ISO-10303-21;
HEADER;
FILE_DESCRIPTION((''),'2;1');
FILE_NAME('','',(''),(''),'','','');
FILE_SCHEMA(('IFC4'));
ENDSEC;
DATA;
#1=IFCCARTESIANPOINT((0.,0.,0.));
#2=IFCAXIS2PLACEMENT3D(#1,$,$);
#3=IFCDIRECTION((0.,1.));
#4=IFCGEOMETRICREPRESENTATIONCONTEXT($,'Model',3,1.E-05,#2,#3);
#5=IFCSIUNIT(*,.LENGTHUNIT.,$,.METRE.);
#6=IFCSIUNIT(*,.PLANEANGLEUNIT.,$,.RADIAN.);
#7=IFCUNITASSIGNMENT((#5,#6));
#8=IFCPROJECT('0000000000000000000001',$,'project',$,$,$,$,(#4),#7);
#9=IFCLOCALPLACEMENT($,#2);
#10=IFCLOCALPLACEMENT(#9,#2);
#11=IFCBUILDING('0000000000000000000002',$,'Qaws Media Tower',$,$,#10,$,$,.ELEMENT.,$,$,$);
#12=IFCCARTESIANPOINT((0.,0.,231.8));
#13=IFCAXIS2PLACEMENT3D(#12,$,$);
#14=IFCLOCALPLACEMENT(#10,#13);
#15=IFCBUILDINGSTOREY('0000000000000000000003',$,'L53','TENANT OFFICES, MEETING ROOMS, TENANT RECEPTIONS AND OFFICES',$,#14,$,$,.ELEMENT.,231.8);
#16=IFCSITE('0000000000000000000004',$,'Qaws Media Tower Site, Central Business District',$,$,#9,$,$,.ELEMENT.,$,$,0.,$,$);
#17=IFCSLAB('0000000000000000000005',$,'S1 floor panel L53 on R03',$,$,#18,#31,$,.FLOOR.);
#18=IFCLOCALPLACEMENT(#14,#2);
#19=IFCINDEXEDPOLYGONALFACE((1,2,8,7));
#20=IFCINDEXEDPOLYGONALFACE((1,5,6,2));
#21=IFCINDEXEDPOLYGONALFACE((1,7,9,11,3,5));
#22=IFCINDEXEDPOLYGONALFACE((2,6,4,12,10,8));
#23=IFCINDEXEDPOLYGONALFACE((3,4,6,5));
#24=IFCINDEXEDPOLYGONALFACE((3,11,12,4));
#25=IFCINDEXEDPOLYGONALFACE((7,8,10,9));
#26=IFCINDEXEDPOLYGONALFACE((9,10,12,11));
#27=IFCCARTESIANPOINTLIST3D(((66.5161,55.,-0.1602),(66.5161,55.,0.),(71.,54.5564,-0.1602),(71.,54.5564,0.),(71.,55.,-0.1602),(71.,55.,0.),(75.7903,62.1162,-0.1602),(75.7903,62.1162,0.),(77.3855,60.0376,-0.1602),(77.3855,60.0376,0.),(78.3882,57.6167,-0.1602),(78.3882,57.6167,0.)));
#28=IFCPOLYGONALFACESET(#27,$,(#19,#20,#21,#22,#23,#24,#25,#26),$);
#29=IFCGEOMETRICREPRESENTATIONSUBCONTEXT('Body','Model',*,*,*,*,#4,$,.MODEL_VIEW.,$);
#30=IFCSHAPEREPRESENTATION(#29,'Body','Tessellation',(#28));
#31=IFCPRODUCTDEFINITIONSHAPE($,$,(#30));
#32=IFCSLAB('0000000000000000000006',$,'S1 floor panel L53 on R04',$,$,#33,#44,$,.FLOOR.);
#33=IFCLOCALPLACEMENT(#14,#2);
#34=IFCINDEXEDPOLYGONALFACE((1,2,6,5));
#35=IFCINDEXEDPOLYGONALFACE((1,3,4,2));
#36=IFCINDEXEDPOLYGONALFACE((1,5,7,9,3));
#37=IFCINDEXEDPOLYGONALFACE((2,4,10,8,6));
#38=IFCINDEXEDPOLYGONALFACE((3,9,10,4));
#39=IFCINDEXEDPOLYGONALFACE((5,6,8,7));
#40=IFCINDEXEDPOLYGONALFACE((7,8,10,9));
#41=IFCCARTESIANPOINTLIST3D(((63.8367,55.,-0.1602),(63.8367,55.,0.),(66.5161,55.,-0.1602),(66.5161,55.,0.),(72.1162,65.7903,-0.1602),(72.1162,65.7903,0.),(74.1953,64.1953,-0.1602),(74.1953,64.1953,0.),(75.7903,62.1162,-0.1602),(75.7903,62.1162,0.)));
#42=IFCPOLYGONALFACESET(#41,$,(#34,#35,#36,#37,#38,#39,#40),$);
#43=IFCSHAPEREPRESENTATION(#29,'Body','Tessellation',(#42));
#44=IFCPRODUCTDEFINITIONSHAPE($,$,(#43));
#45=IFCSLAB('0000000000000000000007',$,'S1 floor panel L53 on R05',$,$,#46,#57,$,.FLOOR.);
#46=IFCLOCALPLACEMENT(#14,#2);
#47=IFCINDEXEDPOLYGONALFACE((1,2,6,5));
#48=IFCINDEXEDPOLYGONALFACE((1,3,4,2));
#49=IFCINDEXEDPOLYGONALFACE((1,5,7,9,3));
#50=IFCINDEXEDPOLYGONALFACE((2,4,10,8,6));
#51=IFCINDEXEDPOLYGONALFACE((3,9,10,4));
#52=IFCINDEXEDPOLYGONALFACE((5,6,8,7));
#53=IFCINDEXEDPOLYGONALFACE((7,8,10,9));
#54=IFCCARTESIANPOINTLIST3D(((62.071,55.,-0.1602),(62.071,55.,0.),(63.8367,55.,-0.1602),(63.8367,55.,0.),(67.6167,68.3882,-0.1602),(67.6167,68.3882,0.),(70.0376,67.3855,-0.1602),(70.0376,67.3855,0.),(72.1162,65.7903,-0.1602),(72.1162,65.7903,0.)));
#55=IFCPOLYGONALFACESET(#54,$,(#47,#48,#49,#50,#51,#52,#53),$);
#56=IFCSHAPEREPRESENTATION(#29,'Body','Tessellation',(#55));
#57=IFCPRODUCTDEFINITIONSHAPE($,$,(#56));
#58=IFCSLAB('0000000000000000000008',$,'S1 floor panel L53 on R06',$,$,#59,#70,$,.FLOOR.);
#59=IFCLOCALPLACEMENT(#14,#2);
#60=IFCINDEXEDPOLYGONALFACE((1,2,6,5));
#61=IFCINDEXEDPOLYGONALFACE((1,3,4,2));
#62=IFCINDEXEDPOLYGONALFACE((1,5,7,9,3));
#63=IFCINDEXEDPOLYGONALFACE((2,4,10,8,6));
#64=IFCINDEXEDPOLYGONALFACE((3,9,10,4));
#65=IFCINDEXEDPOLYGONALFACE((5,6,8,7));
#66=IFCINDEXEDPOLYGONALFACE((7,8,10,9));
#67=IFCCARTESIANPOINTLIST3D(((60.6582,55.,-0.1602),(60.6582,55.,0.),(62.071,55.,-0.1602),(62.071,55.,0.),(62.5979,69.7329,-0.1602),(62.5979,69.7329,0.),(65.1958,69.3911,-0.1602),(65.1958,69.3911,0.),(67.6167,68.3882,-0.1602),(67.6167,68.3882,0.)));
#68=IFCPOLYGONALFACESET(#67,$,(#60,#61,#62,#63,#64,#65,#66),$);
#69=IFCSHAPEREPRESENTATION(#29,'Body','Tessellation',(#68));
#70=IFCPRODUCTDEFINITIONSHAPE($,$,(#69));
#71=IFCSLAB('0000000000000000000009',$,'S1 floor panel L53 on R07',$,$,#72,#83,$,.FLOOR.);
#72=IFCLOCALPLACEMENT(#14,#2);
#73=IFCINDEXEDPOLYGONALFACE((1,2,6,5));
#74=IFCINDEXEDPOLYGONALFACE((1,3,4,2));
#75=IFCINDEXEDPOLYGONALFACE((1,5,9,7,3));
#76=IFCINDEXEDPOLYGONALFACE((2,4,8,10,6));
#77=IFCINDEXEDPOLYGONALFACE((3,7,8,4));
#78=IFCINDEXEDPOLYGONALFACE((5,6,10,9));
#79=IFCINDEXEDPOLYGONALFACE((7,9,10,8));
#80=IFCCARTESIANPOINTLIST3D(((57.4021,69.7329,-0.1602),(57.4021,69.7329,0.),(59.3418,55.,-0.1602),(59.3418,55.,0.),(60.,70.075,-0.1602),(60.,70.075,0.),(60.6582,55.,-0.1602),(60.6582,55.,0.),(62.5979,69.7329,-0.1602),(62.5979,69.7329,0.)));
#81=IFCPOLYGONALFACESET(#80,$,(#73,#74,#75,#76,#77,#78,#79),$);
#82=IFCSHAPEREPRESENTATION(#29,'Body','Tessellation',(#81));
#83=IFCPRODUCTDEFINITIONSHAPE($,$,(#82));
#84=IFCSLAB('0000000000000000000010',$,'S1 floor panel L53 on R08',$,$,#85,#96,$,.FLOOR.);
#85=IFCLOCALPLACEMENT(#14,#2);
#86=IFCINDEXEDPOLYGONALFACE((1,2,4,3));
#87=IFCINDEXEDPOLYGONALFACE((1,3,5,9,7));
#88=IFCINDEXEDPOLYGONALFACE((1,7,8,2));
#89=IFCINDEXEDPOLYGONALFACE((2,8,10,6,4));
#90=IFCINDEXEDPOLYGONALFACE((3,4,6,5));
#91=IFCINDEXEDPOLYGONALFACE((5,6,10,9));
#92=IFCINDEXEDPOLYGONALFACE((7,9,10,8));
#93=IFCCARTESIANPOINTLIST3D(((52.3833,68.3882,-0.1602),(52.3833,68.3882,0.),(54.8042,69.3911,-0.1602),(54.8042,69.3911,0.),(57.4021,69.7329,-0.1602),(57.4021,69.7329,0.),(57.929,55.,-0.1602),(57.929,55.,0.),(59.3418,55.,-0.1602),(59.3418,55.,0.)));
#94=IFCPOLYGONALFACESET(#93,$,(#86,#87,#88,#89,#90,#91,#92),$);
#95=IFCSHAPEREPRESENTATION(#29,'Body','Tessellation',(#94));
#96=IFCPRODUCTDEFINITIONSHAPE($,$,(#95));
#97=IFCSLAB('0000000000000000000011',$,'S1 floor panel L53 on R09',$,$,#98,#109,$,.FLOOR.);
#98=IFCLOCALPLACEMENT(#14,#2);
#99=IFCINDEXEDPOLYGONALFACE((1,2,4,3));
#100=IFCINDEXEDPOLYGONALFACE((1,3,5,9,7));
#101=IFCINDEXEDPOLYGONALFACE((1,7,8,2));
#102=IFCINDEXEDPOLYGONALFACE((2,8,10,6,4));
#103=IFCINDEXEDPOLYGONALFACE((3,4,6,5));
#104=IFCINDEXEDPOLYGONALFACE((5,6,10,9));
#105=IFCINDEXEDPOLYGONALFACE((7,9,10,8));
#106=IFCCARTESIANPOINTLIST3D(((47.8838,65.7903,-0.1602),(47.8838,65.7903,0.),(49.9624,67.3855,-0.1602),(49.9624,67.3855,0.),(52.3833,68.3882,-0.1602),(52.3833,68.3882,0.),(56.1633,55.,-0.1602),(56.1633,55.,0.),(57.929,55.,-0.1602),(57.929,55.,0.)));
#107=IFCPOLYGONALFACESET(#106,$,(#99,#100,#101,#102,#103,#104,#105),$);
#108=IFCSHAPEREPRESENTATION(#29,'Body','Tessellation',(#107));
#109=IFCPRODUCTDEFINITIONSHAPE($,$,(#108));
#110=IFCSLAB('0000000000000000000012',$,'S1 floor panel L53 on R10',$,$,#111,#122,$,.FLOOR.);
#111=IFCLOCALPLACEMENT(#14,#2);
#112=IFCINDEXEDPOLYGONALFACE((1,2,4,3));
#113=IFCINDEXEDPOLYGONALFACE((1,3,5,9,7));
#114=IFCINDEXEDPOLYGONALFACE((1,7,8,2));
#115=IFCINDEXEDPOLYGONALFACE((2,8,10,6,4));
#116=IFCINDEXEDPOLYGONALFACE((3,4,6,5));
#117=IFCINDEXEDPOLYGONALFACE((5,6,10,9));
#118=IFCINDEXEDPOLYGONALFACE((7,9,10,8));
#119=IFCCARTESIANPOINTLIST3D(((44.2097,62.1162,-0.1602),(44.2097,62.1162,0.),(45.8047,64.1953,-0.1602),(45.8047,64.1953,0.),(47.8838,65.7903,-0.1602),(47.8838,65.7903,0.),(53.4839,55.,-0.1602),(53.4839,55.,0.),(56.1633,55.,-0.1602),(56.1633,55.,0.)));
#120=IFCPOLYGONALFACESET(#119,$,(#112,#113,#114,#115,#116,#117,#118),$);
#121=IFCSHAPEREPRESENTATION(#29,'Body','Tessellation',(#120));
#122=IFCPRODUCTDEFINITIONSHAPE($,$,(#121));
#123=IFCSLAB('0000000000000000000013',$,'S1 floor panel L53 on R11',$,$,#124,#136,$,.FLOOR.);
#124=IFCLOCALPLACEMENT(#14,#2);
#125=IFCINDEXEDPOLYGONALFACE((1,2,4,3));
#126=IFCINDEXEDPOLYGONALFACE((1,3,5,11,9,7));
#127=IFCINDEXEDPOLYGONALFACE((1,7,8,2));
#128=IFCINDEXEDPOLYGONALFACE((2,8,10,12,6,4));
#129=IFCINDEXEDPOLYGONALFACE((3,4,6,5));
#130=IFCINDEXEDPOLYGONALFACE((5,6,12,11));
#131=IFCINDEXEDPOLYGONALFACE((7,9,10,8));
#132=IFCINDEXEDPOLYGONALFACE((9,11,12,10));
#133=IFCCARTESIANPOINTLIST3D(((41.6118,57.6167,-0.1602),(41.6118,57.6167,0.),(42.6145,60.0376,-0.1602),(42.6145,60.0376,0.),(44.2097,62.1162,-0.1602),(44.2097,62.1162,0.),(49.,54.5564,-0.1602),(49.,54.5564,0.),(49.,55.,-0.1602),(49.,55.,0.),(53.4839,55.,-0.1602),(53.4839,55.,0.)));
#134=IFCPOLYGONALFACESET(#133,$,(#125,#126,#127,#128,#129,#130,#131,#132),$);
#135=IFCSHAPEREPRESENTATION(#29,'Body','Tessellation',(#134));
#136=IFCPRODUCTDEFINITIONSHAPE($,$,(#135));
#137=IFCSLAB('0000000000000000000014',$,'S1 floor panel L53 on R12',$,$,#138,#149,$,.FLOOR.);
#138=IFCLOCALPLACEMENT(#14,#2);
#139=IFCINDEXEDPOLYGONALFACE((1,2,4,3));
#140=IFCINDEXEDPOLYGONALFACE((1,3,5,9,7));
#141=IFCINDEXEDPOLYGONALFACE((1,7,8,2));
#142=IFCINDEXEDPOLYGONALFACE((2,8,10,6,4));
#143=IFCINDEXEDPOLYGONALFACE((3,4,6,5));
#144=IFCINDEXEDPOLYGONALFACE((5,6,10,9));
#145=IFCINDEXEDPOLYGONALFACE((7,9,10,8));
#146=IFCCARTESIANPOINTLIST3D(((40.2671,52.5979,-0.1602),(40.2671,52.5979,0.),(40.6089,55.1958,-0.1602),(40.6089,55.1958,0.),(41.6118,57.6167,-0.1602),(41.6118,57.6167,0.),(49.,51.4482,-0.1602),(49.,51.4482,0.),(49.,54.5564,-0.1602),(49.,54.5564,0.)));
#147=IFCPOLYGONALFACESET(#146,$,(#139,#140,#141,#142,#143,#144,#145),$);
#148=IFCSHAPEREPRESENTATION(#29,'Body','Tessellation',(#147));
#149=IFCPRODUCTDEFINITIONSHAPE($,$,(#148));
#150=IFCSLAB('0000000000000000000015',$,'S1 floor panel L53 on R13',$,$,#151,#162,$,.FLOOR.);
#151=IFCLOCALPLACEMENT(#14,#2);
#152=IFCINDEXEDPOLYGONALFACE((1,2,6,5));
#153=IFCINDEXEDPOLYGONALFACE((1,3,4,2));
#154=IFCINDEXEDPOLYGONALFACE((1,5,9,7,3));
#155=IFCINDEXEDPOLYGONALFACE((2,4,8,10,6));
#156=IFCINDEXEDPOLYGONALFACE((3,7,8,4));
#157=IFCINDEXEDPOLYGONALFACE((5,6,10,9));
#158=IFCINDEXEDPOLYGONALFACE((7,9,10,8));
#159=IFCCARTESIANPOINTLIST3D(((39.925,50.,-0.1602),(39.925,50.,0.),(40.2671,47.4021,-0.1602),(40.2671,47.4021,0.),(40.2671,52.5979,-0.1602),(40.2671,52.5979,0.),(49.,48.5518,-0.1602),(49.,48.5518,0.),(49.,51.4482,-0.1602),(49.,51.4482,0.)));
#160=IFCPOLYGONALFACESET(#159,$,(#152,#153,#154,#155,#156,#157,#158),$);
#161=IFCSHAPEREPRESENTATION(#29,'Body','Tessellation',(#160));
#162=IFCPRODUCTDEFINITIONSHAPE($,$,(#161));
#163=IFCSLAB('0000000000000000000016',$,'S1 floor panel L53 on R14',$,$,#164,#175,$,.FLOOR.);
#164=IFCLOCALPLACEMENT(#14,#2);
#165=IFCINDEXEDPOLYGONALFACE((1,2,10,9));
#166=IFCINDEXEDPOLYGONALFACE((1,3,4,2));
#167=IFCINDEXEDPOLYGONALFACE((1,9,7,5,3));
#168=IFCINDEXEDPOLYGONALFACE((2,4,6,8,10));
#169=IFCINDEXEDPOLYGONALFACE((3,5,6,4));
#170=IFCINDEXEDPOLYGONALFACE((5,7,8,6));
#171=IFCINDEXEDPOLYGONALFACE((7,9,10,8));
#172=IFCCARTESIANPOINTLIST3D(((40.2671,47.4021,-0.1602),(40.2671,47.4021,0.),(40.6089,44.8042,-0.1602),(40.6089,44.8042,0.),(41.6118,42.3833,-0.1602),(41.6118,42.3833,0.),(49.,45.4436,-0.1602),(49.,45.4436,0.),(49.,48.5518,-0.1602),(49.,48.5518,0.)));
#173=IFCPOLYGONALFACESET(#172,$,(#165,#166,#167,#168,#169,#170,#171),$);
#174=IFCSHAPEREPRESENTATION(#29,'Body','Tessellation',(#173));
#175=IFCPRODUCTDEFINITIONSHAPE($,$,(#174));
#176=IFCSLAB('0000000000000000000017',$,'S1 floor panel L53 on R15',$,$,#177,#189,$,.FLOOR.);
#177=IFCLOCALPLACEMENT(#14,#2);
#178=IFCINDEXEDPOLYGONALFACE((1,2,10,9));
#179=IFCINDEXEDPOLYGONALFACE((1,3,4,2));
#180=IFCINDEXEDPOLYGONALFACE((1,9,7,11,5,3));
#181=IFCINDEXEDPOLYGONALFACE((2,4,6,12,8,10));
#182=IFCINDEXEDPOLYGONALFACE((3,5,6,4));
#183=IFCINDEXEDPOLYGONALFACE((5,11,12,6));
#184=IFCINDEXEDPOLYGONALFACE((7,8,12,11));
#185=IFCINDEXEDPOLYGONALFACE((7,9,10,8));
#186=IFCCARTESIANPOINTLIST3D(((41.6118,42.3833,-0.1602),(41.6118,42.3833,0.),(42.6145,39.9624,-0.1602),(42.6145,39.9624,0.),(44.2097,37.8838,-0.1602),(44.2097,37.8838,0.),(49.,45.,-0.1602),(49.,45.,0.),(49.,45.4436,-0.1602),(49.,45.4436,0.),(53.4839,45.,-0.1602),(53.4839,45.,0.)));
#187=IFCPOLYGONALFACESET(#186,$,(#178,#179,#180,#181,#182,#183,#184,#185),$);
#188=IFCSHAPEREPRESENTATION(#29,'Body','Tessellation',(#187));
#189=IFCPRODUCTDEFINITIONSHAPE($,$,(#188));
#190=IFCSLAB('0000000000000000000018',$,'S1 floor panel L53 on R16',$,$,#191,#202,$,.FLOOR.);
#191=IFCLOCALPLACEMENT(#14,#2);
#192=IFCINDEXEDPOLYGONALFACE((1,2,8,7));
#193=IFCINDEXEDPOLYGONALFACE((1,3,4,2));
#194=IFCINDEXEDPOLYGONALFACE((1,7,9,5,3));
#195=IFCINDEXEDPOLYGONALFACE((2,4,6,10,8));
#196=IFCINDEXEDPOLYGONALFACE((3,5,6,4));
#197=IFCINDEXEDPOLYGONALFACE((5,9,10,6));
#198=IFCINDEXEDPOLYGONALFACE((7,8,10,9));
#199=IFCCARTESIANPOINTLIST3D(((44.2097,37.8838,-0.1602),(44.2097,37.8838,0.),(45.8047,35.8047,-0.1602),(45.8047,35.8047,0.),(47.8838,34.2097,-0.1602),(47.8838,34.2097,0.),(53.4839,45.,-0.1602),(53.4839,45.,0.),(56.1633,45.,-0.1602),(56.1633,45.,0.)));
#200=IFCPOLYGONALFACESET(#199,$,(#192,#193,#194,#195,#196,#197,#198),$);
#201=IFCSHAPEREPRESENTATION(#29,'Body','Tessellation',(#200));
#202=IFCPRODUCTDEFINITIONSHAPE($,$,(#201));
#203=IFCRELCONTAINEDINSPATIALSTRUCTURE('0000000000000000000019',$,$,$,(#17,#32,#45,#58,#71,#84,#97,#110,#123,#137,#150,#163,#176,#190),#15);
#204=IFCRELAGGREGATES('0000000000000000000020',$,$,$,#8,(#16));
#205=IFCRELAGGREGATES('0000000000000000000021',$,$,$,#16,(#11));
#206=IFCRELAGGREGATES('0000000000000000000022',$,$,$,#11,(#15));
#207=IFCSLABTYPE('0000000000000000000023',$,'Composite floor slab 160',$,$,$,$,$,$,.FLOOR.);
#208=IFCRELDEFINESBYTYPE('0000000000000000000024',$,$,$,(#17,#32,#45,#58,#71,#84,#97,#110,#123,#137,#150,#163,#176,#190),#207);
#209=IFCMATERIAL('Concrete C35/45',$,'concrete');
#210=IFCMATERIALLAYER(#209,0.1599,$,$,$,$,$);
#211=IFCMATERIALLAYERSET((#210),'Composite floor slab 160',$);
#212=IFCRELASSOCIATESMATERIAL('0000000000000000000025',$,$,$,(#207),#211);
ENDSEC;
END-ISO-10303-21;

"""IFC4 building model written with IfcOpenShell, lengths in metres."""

from ifc_helpers import new_model, si_unit, direction, frame, origin, place, context, subcontext, project, spatial, polyline, outline, extrude, material, layer, layer_set, type_object, element, save


model = new_model("IFC4")

# Units and contexts
model_context = context("Model", 3, precision=1e-05, world=origin(), true_north=direction((0.0, 1.0)))
body_context = subcontext(model_context, "Body", "Model", "MODEL_VIEW")
ifc_project = project(units=[si_unit("LENGTHUNIT", "METRE"), si_unit("PLANEANGLEUNIT", "RADIAN")], contexts=[model_context])

# Site, building, storey
site_placement = place(None, origin())
site = spatial("IfcSite", under=ifc_project, at=site_placement, Name="Qaws Media Tower Site, Central Business District", CompositionType="ELEMENT", RefElevation=0.0)
building_placement = place(site_placement, origin())
building = spatial("IfcBuilding", under=site, at=building_placement, Name="Qaws Media Tower", CompositionType="ELEMENT")
storey_placement = place(building_placement, frame((0.0, 0.0, 231.8)))
storey = spatial("IfcBuildingStorey", under=building, at=storey_placement, Name="L53", Description="TENANT OFFICES, MEETING ROOMS, TENANT RECEPTIONS AND OFFICES", CompositionType="ELEMENT", Elevation=231.8)

# Slabs
ifc_material_1 = material(Name="Concrete C35/45", Category="concrete")
ifc_layer_1 = layer(ifc_material_1, 0.1599)
ifc_layer_set_1 = layer_set([ifc_layer_1], Name="Composite floor slab 160")
slab_type_1 = type_object("IfcSlabType", Name="Composite floor slab 160", PredefinedType="FLOOR", material=ifc_layer_set_1)
slab_1_placement = place(storey_placement, frame((0.0, 0.0, -0.1602)))
element("IfcSlab", 1, at=slab_1_placement, inside=storey, type_object=slab_type_1, Name="S1 floor panel L53 on R03", PredefinedType="FLOOR", context=body_context, shape_type="SweptSolid", body=[
    extrude(outline(polyline([(77.3855, 60.0376), (78.3882, 57.6167), (71.0, 54.5564), (71.0, 55.0), (66.5161, 55.0), (75.7903, 62.1162), (77.3855, 60.0376)])), origin(), (0.0, 0.0, 1.0), 0.1602),
])
slab_2_placement = place(storey_placement, frame((0.0, 0.0, -0.1602)))
element("IfcSlab", 2, at=slab_2_placement, inside=storey, type_object=slab_type_1, Name="S1 floor panel L53 on R04", PredefinedType="FLOOR", context=body_context, shape_type="SweptSolid", body=[
    extrude(outline(polyline([(74.1953, 64.1953), (75.7903, 62.1162), (66.5161, 55.0), (63.8367, 55.0), (72.1162, 65.7903), (74.1953, 64.1953)])), origin(), (0.0, 0.0, 1.0), 0.1602),
])
slab_3_placement = place(storey_placement, frame((0.0, 0.0, -0.1602)))
element("IfcSlab", 3, at=slab_3_placement, inside=storey, type_object=slab_type_1, Name="S1 floor panel L53 on R05", PredefinedType="FLOOR", context=body_context, shape_type="SweptSolid", body=[
    extrude(outline(polyline([(70.0376, 67.3855), (72.1162, 65.7903), (63.8367, 55.0), (62.071, 55.0), (67.6167, 68.3882), (70.0376, 67.3855)])), origin(), (0.0, 0.0, 1.0), 0.1602),
])
slab_4_placement = place(storey_placement, frame((0.0, 0.0, -0.1602)))
element("IfcSlab", 4, at=slab_4_placement, inside=storey, type_object=slab_type_1, Name="S1 floor panel L53 on R06", PredefinedType="FLOOR", context=body_context, shape_type="SweptSolid", body=[
    extrude(outline(polyline([(65.1958, 69.3911), (67.6167, 68.3882), (62.071, 55.0), (60.6582, 55.0), (62.5979, 69.7329), (65.1958, 69.3911)])), origin(), (0.0, 0.0, 1.0), 0.1602),
])
slab_5_placement = place(storey_placement, frame((0.0, 0.0, -0.1602)))
element("IfcSlab", 5, at=slab_5_placement, inside=storey, type_object=slab_type_1, Name="S1 floor panel L53 on R07", PredefinedType="FLOOR", context=body_context, shape_type="SweptSolid", body=[
    extrude(outline(polyline([(60.0, 70.075), (62.5979, 69.7329), (60.6582, 55.0), (59.3418, 55.0), (57.4021, 69.7329), (60.0, 70.075)])), origin(), (0.0, 0.0, 1.0), 0.1602),
])
slab_6_placement = place(storey_placement, frame((0.0, 0.0, -0.1602)))
element("IfcSlab", 6, at=slab_6_placement, inside=storey, type_object=slab_type_1, Name="S1 floor panel L53 on R08", PredefinedType="FLOOR", context=body_context, shape_type="SweptSolid", body=[
    extrude(outline(polyline([(54.8042, 69.3911), (57.4021, 69.7329), (59.3418, 55.0), (57.929, 55.0), (52.3833, 68.3882), (54.8042, 69.3911)])), origin(), (0.0, 0.0, 1.0), 0.1602),
])
slab_7_placement = place(storey_placement, frame((0.0, 0.0, -0.1602)))
element("IfcSlab", 7, at=slab_7_placement, inside=storey, type_object=slab_type_1, Name="S1 floor panel L53 on R09", PredefinedType="FLOOR", context=body_context, shape_type="SweptSolid", body=[
    extrude(outline(polyline([(49.9624, 67.3855), (52.3833, 68.3882), (57.929, 55.0), (56.1633, 55.0), (47.8838, 65.7903), (49.9624, 67.3855)])), origin(), (0.0, 0.0, 1.0), 0.1602),
])
slab_8_placement = place(storey_placement, frame((0.0, 0.0, -0.1602)))
element("IfcSlab", 8, at=slab_8_placement, inside=storey, type_object=slab_type_1, Name="S1 floor panel L53 on R10", PredefinedType="FLOOR", context=body_context, shape_type="SweptSolid", body=[
    extrude(outline(polyline([(45.8047, 64.1953), (47.8838, 65.7903), (56.1633, 55.0), (53.4839, 55.0), (44.2097, 62.1162), (45.8047, 64.1953)])), origin(), (0.0, 0.0, 1.0), 0.1602),
])
slab_9_placement = place(storey_placement, frame((0.0, 0.0, -0.1602)))
element("IfcSlab", 9, at=slab_9_placement, inside=storey, type_object=slab_type_1, Name="S1 floor panel L53 on R11", PredefinedType="FLOOR", context=body_context, shape_type="SweptSolid", body=[
    extrude(outline(polyline([(42.6145, 60.0376), (44.2097, 62.1162), (53.4839, 55.0), (49.0, 55.0), (49.0, 54.5564), (41.6118, 57.6167), (42.6145, 60.0376)])), origin(), (0.0, 0.0, 1.0), 0.1602),
])
slab_10_placement = place(storey_placement, frame((0.0, 0.0, -0.1602)))
element("IfcSlab", 10, at=slab_10_placement, inside=storey, type_object=slab_type_1, Name="S1 floor panel L53 on R12", PredefinedType="FLOOR", context=body_context, shape_type="SweptSolid", body=[
    extrude(outline(polyline([(40.6089, 55.1958), (41.6118, 57.6167), (49.0, 54.5564), (49.0, 51.4482), (40.2671, 52.5979), (40.6089, 55.1958)])), origin(), (0.0, 0.0, 1.0), 0.1602),
])
slab_11_placement = place(storey_placement, frame((0.0, 0.0, -0.1602)))
element("IfcSlab", 11, at=slab_11_placement, inside=storey, type_object=slab_type_1, Name="S1 floor panel L53 on R13", PredefinedType="FLOOR", context=body_context, shape_type="SweptSolid", body=[
    extrude(outline(polyline([(39.925, 50.0), (40.2671, 52.5979), (49.0, 51.4482), (49.0, 48.5518), (40.2671, 47.4021), (39.925, 50.0)])), origin(), (0.0, 0.0, 1.0), 0.1602),
])
slab_12_placement = place(storey_placement, frame((0.0, 0.0, -0.1602)))
element("IfcSlab", 12, at=slab_12_placement, inside=storey, type_object=slab_type_1, Name="S1 floor panel L53 on R14", PredefinedType="FLOOR", context=body_context, shape_type="SweptSolid", body=[
    extrude(outline(polyline([(40.6089, 44.8042), (40.2671, 47.4021), (49.0, 48.5518), (49.0, 45.4436), (41.6118, 42.3833), (40.6089, 44.8042)])), origin(), (0.0, 0.0, 1.0), 0.1602),
])
slab_13_placement = place(storey_placement, frame((0.0, 0.0, -0.1602)))
element("IfcSlab", 13, at=slab_13_placement, inside=storey, type_object=slab_type_1, Name="S1 floor panel L53 on R15", PredefinedType="FLOOR", context=body_context, shape_type="SweptSolid", body=[
    extrude(outline(polyline([(42.6145, 39.9624), (41.6118, 42.3833), (49.0, 45.4436), (49.0, 45.0), (53.4839, 45.0), (44.2097, 37.8838), (42.6145, 39.9624)])), origin(), (0.0, 0.0, 1.0), 0.1602),
])
slab_14_placement = place(storey_placement, frame((0.0, 0.0, -0.1602)))
element("IfcSlab", 14, at=slab_14_placement, inside=storey, type_object=slab_type_1, Name="S1 floor panel L53 on R16", PredefinedType="FLOOR", context=body_context, shape_type="SweptSolid", body=[
    extrude(outline(polyline([(45.8047, 35.8047), (44.2097, 37.8838), (53.4839, 45.0), (56.1633, 45.0), (47.8838, 34.2097), (45.8047, 35.8047)])), origin(), (0.0, 0.0, 1.0), 0.1602),
])

save(model, "model.ifc")
